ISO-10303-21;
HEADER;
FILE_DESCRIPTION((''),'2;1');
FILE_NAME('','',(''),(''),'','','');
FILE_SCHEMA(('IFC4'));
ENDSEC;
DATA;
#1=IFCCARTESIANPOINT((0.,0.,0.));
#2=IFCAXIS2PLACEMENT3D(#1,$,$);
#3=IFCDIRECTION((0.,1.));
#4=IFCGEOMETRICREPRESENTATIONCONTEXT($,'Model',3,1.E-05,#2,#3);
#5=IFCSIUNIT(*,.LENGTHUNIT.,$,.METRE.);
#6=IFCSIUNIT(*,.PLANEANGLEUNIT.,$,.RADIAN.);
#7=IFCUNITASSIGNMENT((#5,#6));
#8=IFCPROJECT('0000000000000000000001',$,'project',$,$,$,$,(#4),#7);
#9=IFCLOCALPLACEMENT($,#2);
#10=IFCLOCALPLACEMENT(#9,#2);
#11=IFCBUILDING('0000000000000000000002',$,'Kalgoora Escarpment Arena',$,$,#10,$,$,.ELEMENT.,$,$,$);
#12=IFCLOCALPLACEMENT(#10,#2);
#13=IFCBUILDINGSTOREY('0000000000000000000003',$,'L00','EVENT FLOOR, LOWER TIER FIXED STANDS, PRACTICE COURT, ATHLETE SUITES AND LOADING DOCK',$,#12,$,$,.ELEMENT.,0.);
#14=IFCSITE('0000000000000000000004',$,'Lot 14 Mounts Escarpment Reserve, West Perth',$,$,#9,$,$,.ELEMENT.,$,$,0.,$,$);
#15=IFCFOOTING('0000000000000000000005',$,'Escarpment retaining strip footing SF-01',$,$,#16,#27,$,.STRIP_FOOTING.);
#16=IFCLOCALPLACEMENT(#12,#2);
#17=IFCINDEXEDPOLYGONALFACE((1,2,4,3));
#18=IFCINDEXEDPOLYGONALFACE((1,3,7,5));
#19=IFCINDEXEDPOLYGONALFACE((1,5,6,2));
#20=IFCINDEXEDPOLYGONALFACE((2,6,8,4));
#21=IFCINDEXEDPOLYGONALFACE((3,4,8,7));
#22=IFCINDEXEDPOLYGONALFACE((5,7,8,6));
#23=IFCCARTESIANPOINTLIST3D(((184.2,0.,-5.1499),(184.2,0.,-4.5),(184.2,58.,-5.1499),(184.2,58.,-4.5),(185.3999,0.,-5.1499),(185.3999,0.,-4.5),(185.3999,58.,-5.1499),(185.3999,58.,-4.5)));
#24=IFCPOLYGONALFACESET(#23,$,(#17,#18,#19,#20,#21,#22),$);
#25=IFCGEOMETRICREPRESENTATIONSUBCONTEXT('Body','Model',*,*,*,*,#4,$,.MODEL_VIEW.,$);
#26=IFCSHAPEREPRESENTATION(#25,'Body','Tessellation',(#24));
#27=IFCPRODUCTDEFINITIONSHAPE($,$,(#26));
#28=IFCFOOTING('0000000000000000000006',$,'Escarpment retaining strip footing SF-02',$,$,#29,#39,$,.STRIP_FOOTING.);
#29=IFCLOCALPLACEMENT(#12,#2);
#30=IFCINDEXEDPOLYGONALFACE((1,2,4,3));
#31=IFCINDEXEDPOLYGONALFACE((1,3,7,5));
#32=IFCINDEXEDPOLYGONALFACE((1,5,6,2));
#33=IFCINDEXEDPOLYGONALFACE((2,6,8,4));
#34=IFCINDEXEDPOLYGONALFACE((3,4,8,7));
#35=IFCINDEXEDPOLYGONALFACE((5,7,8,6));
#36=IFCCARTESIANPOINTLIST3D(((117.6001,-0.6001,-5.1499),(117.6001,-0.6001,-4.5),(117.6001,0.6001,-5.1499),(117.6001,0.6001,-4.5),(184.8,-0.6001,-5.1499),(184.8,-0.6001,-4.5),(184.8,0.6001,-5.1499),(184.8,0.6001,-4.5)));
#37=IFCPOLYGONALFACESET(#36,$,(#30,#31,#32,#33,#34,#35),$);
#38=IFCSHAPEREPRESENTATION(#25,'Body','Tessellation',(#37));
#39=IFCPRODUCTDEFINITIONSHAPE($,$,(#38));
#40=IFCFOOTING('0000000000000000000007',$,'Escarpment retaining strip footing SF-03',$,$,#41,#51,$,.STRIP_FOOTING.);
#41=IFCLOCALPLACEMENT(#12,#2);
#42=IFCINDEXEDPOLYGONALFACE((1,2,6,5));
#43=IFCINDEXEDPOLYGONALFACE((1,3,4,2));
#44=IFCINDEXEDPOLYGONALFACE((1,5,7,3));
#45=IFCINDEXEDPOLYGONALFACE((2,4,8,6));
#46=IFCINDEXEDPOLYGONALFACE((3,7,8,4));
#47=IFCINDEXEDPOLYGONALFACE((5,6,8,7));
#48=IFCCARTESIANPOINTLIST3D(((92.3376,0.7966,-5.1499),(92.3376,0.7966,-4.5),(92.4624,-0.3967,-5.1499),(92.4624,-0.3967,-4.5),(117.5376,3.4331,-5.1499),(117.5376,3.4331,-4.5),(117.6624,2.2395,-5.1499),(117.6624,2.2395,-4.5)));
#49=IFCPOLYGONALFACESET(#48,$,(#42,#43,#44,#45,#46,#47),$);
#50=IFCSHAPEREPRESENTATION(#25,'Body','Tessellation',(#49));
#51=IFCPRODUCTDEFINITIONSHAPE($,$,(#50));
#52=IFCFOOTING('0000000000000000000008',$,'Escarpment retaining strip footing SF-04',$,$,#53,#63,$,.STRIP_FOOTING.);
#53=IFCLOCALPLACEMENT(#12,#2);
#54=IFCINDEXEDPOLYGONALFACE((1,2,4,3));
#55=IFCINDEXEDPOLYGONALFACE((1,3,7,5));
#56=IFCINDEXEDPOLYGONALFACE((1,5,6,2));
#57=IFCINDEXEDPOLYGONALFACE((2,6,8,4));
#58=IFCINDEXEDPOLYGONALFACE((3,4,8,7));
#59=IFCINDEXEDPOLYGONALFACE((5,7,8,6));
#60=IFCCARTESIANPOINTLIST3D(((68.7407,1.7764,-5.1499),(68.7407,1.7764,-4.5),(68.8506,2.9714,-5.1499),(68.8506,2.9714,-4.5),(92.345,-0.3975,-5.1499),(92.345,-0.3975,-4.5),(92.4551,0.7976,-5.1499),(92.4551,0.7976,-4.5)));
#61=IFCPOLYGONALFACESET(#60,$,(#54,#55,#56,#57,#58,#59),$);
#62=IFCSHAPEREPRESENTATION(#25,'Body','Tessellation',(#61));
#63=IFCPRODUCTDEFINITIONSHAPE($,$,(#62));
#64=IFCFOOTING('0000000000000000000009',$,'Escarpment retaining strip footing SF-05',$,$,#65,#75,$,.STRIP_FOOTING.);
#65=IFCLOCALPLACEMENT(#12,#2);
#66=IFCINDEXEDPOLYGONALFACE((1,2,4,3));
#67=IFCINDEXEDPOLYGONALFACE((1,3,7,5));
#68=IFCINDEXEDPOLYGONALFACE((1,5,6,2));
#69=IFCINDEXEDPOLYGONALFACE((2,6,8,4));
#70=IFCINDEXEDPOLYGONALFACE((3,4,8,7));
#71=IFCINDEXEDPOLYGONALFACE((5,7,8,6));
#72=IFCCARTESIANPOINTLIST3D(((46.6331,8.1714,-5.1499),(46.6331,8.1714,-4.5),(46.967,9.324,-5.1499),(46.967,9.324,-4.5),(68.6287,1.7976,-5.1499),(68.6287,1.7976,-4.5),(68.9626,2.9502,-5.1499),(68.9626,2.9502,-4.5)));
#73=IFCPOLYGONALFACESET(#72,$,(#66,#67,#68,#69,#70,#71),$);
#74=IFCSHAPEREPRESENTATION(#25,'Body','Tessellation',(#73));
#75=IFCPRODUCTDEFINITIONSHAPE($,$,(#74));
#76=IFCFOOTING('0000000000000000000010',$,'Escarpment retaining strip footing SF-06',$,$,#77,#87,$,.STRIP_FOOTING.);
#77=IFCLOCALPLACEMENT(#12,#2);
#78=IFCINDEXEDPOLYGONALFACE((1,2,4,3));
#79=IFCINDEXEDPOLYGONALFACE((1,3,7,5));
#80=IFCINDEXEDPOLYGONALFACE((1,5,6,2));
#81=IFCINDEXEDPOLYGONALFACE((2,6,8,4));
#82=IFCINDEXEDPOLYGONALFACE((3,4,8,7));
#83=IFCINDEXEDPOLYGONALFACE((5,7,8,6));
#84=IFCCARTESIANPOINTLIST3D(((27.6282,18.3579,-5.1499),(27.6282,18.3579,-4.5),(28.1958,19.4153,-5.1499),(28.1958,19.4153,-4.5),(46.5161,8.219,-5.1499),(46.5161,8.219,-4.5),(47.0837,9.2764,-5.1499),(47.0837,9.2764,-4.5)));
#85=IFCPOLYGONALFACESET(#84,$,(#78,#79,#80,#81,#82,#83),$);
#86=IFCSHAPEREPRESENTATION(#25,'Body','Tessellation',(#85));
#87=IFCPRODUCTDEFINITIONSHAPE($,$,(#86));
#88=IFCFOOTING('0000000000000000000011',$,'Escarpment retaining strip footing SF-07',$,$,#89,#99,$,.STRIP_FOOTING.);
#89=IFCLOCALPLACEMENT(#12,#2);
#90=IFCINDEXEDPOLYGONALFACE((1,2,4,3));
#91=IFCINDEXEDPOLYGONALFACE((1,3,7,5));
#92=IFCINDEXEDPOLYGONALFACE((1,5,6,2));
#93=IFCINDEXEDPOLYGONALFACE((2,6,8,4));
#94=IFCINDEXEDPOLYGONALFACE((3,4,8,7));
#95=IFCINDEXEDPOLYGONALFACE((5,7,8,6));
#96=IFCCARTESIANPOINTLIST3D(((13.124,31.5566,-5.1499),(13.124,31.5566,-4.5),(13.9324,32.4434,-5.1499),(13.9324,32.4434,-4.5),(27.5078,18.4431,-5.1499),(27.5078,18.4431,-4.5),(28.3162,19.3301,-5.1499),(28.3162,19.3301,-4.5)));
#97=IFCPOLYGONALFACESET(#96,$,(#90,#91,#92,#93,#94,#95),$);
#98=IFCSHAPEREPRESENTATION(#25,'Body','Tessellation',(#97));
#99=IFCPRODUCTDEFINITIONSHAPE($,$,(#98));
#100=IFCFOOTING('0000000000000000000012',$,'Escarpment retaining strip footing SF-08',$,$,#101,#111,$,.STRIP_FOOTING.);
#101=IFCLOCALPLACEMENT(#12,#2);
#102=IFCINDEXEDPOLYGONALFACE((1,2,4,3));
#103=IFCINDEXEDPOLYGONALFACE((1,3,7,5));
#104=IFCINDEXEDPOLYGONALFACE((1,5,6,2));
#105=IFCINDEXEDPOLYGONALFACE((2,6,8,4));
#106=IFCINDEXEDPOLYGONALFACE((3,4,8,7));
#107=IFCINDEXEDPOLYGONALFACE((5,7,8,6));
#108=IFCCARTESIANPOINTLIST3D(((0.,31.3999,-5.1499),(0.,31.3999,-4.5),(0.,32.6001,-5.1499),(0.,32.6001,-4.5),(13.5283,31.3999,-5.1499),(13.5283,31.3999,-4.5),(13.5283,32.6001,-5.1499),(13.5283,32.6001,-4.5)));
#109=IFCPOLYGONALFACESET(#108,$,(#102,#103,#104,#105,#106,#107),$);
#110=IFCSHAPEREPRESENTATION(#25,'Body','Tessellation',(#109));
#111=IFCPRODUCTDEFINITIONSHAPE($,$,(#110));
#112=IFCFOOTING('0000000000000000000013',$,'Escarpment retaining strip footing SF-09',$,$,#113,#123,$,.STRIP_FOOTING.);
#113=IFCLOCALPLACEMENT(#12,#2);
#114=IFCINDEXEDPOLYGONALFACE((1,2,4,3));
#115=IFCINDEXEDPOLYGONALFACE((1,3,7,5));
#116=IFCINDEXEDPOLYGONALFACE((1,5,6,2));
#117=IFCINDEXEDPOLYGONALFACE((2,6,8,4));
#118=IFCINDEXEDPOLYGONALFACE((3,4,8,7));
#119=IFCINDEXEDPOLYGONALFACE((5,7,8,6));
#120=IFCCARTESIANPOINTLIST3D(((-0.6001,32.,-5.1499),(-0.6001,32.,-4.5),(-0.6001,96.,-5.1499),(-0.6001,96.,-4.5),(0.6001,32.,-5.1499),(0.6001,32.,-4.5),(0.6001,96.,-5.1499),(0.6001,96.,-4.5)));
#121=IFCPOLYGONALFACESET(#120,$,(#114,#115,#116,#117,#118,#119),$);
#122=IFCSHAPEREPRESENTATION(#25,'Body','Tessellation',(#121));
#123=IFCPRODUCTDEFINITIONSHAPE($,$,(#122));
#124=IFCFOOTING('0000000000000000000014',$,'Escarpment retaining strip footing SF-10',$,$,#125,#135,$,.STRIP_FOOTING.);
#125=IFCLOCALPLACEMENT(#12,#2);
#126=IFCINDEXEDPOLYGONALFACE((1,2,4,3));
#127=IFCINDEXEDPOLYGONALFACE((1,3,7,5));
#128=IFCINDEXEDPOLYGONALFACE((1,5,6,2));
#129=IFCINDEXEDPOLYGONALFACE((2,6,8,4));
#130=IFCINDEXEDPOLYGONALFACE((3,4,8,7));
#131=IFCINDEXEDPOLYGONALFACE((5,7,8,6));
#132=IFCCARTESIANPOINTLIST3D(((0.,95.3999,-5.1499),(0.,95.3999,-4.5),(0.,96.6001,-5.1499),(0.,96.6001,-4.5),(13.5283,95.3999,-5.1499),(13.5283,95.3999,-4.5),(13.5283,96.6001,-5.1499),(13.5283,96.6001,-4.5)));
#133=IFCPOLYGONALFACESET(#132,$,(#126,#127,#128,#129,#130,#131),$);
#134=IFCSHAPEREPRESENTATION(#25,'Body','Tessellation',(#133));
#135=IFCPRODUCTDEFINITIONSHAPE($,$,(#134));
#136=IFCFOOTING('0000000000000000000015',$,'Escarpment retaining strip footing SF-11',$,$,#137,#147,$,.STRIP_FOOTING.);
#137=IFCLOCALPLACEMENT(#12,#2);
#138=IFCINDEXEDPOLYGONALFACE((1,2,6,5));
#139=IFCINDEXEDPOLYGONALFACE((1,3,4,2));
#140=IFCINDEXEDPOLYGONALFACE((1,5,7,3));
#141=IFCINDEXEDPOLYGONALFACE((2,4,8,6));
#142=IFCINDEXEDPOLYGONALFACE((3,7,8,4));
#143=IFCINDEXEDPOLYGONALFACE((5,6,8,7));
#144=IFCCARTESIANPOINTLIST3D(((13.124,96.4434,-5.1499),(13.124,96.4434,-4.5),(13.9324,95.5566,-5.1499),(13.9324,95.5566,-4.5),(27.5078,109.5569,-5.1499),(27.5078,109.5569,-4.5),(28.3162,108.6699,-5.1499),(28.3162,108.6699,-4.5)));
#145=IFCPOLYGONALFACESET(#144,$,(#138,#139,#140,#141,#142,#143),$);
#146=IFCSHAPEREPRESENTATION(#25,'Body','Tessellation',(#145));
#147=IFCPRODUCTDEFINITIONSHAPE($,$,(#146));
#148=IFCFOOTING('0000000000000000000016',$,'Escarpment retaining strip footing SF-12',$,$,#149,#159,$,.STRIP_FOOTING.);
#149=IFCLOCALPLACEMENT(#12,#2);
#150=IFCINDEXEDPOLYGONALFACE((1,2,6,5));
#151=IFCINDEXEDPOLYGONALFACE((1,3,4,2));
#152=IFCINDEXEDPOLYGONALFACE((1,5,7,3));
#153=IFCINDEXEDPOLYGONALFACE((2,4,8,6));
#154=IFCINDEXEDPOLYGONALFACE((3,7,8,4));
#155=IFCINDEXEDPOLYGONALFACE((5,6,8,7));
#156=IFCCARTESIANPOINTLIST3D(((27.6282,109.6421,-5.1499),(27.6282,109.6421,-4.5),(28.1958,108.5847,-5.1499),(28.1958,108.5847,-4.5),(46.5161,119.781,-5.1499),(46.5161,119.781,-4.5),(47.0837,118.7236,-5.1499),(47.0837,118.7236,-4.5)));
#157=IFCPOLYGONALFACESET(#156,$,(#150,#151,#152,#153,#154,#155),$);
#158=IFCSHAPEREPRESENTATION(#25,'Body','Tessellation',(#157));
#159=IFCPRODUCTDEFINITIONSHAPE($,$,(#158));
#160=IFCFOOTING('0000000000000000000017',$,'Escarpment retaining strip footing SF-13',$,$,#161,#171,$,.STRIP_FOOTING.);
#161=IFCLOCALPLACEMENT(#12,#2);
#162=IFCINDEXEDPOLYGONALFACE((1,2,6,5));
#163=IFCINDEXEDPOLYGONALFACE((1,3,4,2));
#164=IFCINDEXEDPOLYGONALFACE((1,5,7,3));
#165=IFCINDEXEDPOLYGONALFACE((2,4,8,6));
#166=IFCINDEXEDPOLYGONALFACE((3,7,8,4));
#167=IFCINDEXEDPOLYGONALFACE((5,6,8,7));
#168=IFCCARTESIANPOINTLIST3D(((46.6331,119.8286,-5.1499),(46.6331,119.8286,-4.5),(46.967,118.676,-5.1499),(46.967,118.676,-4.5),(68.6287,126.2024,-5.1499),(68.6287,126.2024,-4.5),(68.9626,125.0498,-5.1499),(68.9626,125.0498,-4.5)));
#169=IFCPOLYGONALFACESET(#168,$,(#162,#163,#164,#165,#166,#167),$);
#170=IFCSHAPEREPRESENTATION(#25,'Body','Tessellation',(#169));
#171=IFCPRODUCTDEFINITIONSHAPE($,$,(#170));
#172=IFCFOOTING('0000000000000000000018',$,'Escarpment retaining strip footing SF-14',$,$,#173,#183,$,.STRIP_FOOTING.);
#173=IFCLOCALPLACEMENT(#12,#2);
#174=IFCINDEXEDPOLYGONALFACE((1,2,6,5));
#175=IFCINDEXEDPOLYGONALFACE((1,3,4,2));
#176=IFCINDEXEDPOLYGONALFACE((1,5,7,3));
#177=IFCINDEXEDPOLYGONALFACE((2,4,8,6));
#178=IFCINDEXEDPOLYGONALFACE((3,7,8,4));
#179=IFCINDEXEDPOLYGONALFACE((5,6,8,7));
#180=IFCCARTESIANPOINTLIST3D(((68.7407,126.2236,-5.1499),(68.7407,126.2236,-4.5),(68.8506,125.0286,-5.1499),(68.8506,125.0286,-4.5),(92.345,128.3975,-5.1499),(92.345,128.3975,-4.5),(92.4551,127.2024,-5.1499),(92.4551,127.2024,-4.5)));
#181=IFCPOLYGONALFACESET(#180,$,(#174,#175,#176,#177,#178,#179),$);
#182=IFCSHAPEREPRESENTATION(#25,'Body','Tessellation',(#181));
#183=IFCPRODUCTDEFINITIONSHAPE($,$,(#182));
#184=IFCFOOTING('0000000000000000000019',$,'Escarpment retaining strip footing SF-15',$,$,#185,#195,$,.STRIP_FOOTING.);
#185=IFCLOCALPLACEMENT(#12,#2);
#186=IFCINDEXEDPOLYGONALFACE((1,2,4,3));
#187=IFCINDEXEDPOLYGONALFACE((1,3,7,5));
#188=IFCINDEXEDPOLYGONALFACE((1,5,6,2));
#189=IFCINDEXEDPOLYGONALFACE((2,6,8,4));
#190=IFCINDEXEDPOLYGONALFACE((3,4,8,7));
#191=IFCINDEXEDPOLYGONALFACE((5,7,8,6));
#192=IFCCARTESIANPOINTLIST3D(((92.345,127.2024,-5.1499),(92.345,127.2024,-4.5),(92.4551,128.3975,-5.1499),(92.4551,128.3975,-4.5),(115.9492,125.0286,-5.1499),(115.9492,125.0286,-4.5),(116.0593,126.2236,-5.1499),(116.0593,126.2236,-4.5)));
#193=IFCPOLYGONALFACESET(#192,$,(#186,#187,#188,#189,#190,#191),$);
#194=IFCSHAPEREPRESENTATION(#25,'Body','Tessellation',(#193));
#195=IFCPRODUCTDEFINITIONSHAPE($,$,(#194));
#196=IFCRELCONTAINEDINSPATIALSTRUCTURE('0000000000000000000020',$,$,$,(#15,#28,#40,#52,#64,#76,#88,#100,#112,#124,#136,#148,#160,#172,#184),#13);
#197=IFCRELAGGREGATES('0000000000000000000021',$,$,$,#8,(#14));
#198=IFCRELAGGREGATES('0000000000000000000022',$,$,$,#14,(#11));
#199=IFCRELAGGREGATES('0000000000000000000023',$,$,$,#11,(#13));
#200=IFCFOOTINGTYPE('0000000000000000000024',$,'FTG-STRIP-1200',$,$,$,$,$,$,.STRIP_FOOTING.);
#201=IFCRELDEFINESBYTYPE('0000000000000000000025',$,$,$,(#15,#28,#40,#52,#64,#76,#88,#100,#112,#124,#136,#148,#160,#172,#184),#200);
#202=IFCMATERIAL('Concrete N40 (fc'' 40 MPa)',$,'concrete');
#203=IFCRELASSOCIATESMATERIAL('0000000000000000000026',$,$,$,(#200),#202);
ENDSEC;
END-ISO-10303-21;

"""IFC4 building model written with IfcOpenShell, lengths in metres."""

from ifc_helpers import new_model, si_unit, direction, frame, origin, place, context, subcontext, project, spatial, polyline, outline, extrude, material, type_object, element, save


model = new_model("IFC4")

# Units and contexts
model_context = context("Model", 3, precision=1e-05, world=origin(), true_north=direction((0.0, 1.0)))
body_context = subcontext(model_context, "Body", "Model", "MODEL_VIEW")
ifc_project = project(units=[si_unit("LENGTHUNIT", "METRE"), si_unit("PLANEANGLEUNIT", "RADIAN")], contexts=[model_context])

# Site, building, storey
site_placement = place(None, origin())
site = spatial("IfcSite", under=ifc_project, at=site_placement, Name="Lot 14 Mounts Escarpment Reserve, West Perth", CompositionType="ELEMENT", RefElevation=0.0)
building_placement = place(site_placement, origin())
building = spatial("IfcBuilding", under=site, at=building_placement, Name="Kalgoora Escarpment Arena", CompositionType="ELEMENT")
storey_placement = place(building_placement, origin())
storey = spatial("IfcBuildingStorey", under=building, at=storey_placement, Name="L00", Description="EVENT FLOOR, LOWER TIER FIXED STANDS, PRACTICE COURT, ATHLETE SUITES AND LOADING DOCK", CompositionType="ELEMENT", Elevation=0.0)

# Footings
ifc_material_1 = material(Name="Concrete N40 (fc' 40 MPa)", Category="concrete")
footing_type = type_object("IfcFootingType", Name="FTG-STRIP-1200", PredefinedType="STRIP_FOOTING", material=ifc_material_1)
footing_1_placement = place(storey_placement, frame((0.0, 0.0, -5.1499)))
element("IfcFooting", 1, at=footing_1_placement, inside=storey, type_object=footing_type, Name="Escarpment retaining strip footing SF-01", PredefinedType="STRIP_FOOTING", context=body_context, shape_type="SweptSolid", body=[
    extrude(outline(polyline([(184.2, 58.0), (184.2, 0.0), (185.3999, 0.0), (185.3999, 58.0), (184.2, 58.0)])), origin(), (0.0, 0.0, 1.0), 0.6499),
])
footing_2_placement = place(storey_placement, frame((0.0, 0.0, -5.1499)))
element("IfcFooting", 2, at=footing_2_placement, inside=storey, type_object=footing_type, Name="Escarpment retaining strip footing SF-02", PredefinedType="STRIP_FOOTING", context=body_context, shape_type="SweptSolid", body=[
    extrude(outline(polyline([(184.8, 0.6001), (117.6001, 0.6001), (117.6001, -0.6001), (184.8, -0.6001), (184.8, 0.6001)])), origin(), (0.0, 0.0, 1.0), 0.6499),
])
footing_3_placement = place(storey_placement, frame((0.0, 0.0, -5.1499)))
element("IfcFooting", 3, at=footing_3_placement, inside=storey, type_object=footing_type, Name="Escarpment retaining strip footing SF-03", PredefinedType="STRIP_FOOTING", context=body_context, shape_type="SweptSolid", body=[
    extrude(outline(polyline([(117.5376, 3.4331), (92.3376, 0.7966), (92.4624, -0.3967), (117.6624, 2.2395), (117.5376, 3.4331)])), origin(), (0.0, 0.0, 1.0), 0.6499),
])
footing_4_placement = place(storey_placement, frame((0.0, 0.0, -5.1499)))
element("IfcFooting", 4, at=footing_4_placement, inside=storey, type_object=footing_type, Name="Escarpment retaining strip footing SF-04", PredefinedType="STRIP_FOOTING", context=body_context, shape_type="SweptSolid", body=[
    extrude(outline(polyline([(92.4551, 0.7976), (68.8506, 2.9714), (68.7407, 1.7764), (92.345, -0.3975), (92.4551, 0.7976)])), origin(), (0.0, 0.0, 1.0), 0.6499),
])
footing_5_placement = place(storey_placement, frame((0.0, 0.0, -5.1499)))
element("IfcFooting", 5, at=footing_5_placement, inside=storey, type_object=footing_type, Name="Escarpment retaining strip footing SF-05", PredefinedType="STRIP_FOOTING", context=body_context, shape_type="SweptSolid", body=[
    extrude(outline(polyline([(68.9626, 2.9502), (46.967, 9.324), (46.6331, 8.1714), (68.6287, 1.7976), (68.9626, 2.9502)])), origin(), (0.0, 0.0, 1.0), 0.6499),
])
footing_6_placement = place(storey_placement, frame((0.0, 0.0, -5.1499)))
element("IfcFooting", 6, at=footing_6_placement, inside=storey, type_object=footing_type, Name="Escarpment retaining strip footing SF-06", PredefinedType="STRIP_FOOTING", context=body_context, shape_type="SweptSolid", body=[
    extrude(outline(polyline([(47.0837, 9.2764), (28.1958, 19.4153), (27.6282, 18.3579), (46.5161, 8.219), (47.0837, 9.2764)])), origin(), (0.0, 0.0, 1.0), 0.6499),
])
footing_7_placement = place(storey_placement, frame((0.0, 0.0, -5.1499)))
element("IfcFooting", 7, at=footing_7_placement, inside=storey, type_object=footing_type, Name="Escarpment retaining strip footing SF-07", PredefinedType="STRIP_FOOTING", context=body_context, shape_type="SweptSolid", body=[
    extrude(outline(polyline([(28.3162, 19.3301), (13.9324, 32.4434), (13.124, 31.5566), (27.5078, 18.4431), (28.3162, 19.3301)])), origin(), (0.0, 0.0, 1.0), 0.6499),
])
footing_8_placement = place(storey_placement, frame((0.0, 0.0, -5.1499)))
element("IfcFooting", 8, at=footing_8_placement, inside=storey, type_object=footing_type, Name="Escarpment retaining strip footing SF-08", PredefinedType="STRIP_FOOTING", context=body_context, shape_type="SweptSolid", body=[
    extrude(outline(polyline([(13.5283, 32.6001), (0.0, 32.6001), (0.0, 31.3999), (13.5283, 31.3999), (13.5283, 32.6001)])), origin(), (0.0, 0.0, 1.0), 0.6499),
])
footing_9_placement = place(storey_placement, frame((0.0, 0.0, -5.1499)))
element("IfcFooting", 9, at=footing_9_placement, inside=storey, type_object=footing_type, Name="Escarpment retaining strip footing SF-09", PredefinedType="STRIP_FOOTING", context=body_context, shape_type="SweptSolid", body=[
    extrude(outline(polyline([(0.6001, 32.0), (0.6001, 96.0), (-0.6001, 96.0), (-0.6001, 32.0), (0.6001, 32.0)])), origin(), (0.0, 0.0, 1.0), 0.6499),
])
footing_10_placement = place(storey_placement, frame((0.0, 0.0, -5.1499)))
element("IfcFooting", 10, at=footing_10_placement, inside=storey, type_object=footing_type, Name="Escarpment retaining strip footing SF-10", PredefinedType="STRIP_FOOTING", context=body_context, shape_type="SweptSolid", body=[
    extrude(outline(polyline([(0.0, 95.3999), (13.5283, 95.3999), (13.5283, 96.6001), (0.0, 96.6001), (0.0, 95.3999)])), origin(), (0.0, 0.0, 1.0), 0.6499),
])
footing_11_placement = place(storey_placement, frame((0.0, 0.0, -5.1499)))
element("IfcFooting", 11, at=footing_11_placement, inside=storey, type_object=footing_type, Name="Escarpment retaining strip footing SF-11", PredefinedType="STRIP_FOOTING", context=body_context, shape_type="SweptSolid", body=[
    extrude(outline(polyline([(13.9324, 95.5566), (28.3162, 108.6699), (27.5078, 109.5569), (13.124, 96.4434), (13.9324, 95.5566)])), origin(), (0.0, 0.0, 1.0), 0.6499),
])
footing_12_placement = place(storey_placement, frame((0.0, 0.0, -5.1499)))
element("IfcFooting", 12, at=footing_12_placement, inside=storey, type_object=footing_type, Name="Escarpment retaining strip footing SF-12", PredefinedType="STRIP_FOOTING", context=body_context, shape_type="SweptSolid", body=[
    extrude(outline(polyline([(28.1958, 108.5847), (47.0837, 118.7236), (46.5161, 119.781), (27.6282, 109.6421), (28.1958, 108.5847)])), origin(), (0.0, 0.0, 1.0), 0.6499),
])
footing_13_placement = place(storey_placement, frame((0.0, 0.0, -5.1499)))
element("IfcFooting", 13, at=footing_13_placement, inside=storey, type_object=footing_type, Name="Escarpment retaining strip footing SF-13", PredefinedType="STRIP_FOOTING", context=body_context, shape_type="SweptSolid", body=[
    extrude(outline(polyline([(46.967, 118.676), (68.9626, 125.0498), (68.6287, 126.2024), (46.6331, 119.8286), (46.967, 118.676)])), origin(), (0.0, 0.0, 1.0), 0.6499),
])
footing_14_placement = place(storey_placement, frame((0.0, 0.0, -5.1499)))
element("IfcFooting", 14, at=footing_14_placement, inside=storey, type_object=footing_type, Name="Escarpment retaining strip footing SF-14", PredefinedType="STRIP_FOOTING", context=body_context, shape_type="SweptSolid", body=[
    extrude(outline(polyline([(68.8506, 125.0286), (92.4551, 127.2024), (92.345, 128.3975), (68.7407, 126.2236), (68.8506, 125.0286)])), origin(), (0.0, 0.0, 1.0), 0.6499),
])
footing_15_placement = place(storey_placement, frame((0.0, 0.0, -5.1499)))
element("IfcFooting", 15, at=footing_15_placement, inside=storey, type_object=footing_type, Name="Escarpment retaining strip footing SF-15", PredefinedType="STRIP_FOOTING", context=body_context, shape_type="SweptSolid", body=[
    extrude(outline(polyline([(92.345, 127.2024), (115.9492, 125.0286), (116.0593, 126.2236), (92.4551, 128.3975), (92.345, 127.2024)])), origin(), (0.0, 0.0, 1.0), 0.6499),
])

save(model, "model.ifc")
